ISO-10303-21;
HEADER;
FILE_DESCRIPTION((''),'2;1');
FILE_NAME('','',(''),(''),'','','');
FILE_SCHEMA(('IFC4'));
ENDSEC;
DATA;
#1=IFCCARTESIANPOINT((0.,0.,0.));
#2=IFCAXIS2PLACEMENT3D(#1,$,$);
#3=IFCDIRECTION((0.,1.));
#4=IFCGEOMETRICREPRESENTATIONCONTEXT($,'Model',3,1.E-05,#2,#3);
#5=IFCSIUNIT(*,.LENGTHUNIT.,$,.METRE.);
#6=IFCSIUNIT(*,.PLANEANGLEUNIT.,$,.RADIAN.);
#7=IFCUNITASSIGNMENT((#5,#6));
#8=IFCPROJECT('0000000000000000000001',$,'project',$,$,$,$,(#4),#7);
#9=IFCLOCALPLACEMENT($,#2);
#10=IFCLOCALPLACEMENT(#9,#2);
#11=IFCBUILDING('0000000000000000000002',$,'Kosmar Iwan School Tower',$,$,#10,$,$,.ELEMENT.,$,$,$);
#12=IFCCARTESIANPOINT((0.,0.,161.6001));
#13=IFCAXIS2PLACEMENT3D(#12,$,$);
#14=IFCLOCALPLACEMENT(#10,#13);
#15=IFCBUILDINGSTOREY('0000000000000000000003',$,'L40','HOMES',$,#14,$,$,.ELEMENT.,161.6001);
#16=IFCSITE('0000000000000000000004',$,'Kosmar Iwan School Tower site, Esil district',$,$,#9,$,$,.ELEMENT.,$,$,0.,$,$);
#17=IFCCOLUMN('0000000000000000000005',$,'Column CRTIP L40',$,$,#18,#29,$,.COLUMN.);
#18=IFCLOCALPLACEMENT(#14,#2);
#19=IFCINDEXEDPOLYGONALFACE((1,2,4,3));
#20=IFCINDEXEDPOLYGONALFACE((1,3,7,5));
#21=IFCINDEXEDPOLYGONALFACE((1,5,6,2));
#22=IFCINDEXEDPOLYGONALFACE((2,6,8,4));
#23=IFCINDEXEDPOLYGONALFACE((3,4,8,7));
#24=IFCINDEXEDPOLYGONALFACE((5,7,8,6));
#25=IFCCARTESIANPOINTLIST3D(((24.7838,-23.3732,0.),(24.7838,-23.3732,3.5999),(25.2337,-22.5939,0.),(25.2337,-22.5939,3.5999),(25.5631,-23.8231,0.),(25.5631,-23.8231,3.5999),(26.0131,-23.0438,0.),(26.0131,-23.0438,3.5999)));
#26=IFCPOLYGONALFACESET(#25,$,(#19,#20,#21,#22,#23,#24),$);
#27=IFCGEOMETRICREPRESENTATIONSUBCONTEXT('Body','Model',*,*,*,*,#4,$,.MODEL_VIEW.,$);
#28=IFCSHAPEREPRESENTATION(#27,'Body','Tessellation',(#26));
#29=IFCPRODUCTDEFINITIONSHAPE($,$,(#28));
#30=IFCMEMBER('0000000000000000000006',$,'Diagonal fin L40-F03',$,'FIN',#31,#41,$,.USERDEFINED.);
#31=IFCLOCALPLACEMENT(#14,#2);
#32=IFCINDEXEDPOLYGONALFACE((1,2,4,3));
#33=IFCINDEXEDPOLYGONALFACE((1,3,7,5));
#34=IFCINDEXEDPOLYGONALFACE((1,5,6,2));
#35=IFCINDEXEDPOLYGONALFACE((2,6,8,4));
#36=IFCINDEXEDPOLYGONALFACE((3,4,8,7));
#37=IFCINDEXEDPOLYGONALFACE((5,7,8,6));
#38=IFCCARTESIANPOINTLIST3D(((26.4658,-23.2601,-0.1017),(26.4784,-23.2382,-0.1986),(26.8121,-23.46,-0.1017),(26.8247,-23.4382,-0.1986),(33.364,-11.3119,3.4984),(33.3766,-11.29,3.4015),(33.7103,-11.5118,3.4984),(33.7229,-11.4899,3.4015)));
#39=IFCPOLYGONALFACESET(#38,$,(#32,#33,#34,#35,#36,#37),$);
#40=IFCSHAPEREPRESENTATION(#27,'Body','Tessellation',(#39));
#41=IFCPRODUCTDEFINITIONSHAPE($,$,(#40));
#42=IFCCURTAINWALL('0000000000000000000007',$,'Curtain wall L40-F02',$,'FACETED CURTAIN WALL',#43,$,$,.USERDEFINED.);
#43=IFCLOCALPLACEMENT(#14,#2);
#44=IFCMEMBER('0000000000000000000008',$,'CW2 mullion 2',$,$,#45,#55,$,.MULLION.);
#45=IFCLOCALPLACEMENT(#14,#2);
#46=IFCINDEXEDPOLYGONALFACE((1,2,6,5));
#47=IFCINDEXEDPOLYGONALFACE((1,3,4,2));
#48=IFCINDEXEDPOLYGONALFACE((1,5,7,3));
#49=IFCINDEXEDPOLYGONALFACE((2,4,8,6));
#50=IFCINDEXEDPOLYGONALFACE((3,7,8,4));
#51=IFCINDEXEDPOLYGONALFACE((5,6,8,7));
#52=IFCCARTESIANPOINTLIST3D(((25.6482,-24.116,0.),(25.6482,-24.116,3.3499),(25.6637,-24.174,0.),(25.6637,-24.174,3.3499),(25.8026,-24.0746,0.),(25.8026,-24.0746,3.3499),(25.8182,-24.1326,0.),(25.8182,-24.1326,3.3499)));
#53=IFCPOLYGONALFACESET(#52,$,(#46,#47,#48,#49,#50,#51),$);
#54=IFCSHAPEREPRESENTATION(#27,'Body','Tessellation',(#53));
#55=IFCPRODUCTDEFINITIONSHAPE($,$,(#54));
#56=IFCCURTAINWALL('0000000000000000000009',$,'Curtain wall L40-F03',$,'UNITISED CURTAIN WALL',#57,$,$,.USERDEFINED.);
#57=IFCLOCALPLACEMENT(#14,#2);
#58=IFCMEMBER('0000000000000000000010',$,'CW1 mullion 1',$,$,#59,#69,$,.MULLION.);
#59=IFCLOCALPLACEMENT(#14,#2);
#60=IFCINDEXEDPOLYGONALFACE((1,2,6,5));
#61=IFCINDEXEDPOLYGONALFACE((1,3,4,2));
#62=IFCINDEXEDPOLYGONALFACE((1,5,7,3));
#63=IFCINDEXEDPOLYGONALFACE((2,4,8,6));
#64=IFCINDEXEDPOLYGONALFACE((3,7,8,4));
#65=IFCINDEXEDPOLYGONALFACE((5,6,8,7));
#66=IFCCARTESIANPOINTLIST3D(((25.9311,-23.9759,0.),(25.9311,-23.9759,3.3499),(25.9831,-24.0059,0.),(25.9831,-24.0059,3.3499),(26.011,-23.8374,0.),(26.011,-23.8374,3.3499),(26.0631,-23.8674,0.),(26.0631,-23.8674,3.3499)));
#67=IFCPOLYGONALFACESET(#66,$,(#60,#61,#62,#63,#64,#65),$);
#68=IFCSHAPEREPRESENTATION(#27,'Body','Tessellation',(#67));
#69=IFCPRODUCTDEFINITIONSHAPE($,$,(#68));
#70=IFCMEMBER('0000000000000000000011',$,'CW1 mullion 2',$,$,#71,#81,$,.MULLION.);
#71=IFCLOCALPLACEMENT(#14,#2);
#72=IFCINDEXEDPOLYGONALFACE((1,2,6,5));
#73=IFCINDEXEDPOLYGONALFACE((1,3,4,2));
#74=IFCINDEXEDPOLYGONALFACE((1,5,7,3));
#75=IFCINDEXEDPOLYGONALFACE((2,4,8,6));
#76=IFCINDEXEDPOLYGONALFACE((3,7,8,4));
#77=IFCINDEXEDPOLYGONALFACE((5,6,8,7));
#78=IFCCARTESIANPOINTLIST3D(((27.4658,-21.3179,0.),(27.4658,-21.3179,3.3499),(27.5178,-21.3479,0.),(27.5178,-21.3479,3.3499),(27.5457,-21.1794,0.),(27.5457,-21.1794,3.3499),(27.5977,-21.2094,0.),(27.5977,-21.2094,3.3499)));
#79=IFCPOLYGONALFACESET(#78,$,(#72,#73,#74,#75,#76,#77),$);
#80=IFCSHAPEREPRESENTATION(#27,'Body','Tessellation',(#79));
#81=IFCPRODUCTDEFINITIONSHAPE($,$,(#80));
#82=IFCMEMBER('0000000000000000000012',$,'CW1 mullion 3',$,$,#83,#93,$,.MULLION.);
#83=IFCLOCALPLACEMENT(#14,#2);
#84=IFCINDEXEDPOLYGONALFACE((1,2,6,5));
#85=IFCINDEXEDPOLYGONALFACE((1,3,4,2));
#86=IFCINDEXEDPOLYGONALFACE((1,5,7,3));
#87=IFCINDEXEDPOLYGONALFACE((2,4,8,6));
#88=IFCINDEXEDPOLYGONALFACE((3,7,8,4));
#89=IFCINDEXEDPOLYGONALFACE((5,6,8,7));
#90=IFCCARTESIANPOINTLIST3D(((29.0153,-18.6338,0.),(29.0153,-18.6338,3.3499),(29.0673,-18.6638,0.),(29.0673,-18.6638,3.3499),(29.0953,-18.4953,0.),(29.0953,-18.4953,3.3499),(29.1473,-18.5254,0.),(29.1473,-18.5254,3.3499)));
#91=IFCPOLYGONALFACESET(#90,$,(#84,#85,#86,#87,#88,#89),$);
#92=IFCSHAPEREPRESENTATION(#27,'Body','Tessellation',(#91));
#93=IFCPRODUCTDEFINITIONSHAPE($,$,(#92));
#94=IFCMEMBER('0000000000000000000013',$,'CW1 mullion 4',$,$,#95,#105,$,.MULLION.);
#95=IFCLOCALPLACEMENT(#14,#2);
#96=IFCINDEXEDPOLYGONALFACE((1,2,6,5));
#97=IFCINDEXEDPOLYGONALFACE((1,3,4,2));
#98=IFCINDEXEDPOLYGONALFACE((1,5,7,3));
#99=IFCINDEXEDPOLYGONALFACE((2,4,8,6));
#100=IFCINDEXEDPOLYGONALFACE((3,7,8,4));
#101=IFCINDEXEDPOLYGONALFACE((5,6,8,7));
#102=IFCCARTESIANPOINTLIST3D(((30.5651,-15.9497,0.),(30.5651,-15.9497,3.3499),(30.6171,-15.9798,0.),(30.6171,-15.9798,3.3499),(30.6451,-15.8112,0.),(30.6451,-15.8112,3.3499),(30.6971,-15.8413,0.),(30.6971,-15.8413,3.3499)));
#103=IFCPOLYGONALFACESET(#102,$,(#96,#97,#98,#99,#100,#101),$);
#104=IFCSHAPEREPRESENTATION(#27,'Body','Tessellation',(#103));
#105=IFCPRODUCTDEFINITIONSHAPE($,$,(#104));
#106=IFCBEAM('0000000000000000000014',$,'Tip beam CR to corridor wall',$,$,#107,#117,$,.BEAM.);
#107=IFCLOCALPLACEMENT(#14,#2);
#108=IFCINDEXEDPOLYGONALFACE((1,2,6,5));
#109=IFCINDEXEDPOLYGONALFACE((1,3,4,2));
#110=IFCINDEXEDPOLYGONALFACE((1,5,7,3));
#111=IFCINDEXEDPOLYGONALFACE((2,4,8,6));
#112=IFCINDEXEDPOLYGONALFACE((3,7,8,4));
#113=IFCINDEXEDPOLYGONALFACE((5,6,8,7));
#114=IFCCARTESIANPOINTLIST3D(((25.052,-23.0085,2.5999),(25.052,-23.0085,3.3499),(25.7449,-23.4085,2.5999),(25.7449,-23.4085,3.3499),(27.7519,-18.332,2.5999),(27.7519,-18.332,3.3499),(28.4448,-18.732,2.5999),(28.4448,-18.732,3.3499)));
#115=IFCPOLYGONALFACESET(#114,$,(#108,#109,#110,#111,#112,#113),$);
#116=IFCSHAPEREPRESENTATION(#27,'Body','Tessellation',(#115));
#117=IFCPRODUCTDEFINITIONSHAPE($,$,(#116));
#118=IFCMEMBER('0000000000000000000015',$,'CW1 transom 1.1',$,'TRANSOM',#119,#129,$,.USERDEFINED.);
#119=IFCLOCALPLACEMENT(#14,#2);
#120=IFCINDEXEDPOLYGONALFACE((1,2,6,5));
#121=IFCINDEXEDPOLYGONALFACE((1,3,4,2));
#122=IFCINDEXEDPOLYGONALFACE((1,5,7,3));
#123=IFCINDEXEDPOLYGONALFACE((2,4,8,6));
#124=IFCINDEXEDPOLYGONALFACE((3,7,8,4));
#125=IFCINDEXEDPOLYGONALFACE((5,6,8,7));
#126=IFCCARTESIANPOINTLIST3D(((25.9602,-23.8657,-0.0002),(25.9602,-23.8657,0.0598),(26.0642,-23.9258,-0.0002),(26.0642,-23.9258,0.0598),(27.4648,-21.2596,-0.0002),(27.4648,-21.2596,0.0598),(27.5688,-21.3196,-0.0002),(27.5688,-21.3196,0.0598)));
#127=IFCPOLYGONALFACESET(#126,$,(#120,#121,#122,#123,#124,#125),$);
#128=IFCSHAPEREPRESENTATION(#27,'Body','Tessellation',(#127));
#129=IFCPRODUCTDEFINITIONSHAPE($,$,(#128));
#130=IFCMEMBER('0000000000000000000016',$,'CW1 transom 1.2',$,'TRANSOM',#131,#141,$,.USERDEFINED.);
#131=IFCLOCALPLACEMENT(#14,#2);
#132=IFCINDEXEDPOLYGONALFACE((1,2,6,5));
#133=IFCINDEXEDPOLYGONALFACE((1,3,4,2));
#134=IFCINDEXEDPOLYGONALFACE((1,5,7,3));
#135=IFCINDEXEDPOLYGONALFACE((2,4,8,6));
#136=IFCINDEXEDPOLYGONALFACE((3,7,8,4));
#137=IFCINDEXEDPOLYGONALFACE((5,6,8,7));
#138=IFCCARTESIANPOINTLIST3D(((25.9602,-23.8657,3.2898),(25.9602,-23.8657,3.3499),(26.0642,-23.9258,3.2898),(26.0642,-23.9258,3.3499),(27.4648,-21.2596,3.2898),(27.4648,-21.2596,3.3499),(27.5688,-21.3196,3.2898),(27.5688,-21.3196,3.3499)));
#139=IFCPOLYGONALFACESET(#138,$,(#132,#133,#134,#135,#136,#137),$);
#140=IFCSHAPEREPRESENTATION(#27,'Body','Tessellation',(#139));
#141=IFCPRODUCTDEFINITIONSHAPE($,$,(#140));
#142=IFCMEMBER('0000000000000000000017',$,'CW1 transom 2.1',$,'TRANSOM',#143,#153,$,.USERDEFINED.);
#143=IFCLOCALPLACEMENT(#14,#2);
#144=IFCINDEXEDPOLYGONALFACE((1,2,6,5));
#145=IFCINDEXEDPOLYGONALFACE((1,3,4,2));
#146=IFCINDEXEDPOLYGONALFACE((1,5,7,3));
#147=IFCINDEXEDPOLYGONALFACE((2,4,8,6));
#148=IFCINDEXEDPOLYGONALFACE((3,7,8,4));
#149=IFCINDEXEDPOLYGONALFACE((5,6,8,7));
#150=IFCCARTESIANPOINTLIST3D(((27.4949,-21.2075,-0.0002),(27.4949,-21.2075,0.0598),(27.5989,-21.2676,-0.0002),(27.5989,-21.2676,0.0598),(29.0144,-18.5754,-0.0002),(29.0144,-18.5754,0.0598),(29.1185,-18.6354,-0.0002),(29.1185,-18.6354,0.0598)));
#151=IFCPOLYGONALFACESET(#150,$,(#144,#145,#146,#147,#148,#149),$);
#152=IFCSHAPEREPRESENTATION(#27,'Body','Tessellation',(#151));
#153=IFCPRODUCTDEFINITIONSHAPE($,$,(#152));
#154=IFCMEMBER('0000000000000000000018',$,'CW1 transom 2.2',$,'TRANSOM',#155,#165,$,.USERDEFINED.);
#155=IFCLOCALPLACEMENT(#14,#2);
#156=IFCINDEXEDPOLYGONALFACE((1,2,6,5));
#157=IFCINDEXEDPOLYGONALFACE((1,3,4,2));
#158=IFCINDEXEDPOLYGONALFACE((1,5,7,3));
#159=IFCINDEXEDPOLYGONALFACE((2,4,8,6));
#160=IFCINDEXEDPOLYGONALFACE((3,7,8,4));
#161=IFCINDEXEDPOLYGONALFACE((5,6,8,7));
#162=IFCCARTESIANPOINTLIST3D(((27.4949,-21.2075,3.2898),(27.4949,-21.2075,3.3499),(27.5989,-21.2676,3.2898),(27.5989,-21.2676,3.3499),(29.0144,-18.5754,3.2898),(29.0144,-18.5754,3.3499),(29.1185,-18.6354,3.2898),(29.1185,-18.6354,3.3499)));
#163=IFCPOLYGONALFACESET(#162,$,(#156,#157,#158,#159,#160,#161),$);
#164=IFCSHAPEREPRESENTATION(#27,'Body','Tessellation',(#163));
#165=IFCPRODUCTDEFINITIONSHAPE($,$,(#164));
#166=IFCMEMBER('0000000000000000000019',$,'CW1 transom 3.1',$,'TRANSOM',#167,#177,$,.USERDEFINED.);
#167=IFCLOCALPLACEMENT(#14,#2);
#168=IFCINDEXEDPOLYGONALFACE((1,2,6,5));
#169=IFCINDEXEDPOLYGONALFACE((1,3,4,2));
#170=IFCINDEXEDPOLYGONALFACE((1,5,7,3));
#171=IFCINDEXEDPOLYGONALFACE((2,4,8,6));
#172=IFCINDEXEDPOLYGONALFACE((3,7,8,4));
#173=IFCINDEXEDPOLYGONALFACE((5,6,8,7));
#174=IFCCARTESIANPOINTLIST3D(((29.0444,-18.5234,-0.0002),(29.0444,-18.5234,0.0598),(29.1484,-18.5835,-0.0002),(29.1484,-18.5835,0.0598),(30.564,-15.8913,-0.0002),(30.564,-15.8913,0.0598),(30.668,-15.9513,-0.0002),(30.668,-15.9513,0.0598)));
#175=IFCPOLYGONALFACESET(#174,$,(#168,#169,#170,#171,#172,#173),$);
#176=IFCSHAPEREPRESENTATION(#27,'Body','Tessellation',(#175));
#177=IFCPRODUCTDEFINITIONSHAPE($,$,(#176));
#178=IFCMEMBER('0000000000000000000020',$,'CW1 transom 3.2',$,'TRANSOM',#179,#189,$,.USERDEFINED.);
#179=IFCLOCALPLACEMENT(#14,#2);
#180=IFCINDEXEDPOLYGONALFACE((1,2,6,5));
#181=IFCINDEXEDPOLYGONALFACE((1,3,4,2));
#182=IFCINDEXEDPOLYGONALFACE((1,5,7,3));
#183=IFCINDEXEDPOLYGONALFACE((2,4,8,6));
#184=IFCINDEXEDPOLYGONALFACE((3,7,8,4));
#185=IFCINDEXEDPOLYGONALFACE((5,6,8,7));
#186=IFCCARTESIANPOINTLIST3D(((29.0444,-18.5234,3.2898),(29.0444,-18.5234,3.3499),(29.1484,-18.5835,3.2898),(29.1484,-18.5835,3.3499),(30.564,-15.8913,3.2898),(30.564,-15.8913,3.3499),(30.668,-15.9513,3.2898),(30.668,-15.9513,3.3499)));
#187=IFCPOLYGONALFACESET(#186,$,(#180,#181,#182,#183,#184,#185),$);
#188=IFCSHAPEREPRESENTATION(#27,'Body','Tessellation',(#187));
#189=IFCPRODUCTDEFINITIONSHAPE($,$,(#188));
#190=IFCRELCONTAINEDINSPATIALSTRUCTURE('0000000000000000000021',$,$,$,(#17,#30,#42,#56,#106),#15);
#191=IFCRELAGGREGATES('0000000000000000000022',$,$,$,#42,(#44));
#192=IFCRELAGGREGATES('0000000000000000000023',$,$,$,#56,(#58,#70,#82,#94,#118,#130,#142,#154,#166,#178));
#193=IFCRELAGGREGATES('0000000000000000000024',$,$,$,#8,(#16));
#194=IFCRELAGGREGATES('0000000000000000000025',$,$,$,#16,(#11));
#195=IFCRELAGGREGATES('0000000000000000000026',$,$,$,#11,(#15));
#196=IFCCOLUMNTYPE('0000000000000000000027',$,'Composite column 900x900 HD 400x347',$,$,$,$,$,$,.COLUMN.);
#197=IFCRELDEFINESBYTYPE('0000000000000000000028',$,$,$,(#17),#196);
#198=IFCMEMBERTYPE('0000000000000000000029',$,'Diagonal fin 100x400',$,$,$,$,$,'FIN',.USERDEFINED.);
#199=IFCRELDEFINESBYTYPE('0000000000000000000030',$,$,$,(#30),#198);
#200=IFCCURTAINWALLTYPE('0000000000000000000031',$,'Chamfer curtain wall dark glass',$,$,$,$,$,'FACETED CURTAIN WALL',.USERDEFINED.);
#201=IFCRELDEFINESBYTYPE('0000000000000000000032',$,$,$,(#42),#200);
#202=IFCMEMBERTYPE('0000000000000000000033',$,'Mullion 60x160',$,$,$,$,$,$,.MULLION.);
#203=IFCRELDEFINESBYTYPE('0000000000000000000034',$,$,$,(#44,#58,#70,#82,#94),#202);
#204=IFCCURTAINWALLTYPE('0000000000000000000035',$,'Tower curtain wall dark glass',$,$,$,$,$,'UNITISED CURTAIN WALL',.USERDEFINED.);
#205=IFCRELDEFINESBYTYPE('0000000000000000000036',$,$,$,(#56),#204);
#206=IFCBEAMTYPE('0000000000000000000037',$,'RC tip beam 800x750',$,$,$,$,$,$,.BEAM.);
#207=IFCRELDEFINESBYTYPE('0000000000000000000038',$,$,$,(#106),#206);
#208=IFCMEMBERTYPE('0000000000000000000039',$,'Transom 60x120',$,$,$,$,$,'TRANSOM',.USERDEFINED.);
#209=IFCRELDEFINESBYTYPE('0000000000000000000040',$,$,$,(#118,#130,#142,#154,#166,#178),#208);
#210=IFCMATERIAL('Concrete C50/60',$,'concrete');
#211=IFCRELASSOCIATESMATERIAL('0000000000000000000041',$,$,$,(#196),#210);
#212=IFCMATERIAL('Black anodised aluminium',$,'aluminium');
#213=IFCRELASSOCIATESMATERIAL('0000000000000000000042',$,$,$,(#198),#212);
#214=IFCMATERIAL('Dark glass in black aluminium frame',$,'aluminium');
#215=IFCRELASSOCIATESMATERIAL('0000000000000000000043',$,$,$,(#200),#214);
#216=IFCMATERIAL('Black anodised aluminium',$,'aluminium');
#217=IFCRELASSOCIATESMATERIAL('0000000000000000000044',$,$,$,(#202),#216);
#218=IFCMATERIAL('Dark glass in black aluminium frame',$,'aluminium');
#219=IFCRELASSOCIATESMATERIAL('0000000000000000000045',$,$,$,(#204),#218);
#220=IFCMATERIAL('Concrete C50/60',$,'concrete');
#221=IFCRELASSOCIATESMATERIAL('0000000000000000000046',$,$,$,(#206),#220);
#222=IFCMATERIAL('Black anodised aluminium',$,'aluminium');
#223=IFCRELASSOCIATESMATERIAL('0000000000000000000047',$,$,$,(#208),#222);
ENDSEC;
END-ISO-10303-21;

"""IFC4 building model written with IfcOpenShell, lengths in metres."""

from ifc_helpers import new_model, si_unit, direction, frame, origin, origin_2d, place, context, subcontext, project, spatial, rectangle, extrude, material, material_profile, profile_set, type_object, element, aggregate, save


model = new_model("IFC4")

# Units and contexts
model_context = context("Model", 3, precision=1e-05, world=origin(), true_north=direction((0.0, 1.0)))
body_context = subcontext(model_context, "Body", "Model", "MODEL_VIEW")
ifc_project = project(units=[si_unit("LENGTHUNIT", "METRE"), si_unit("PLANEANGLEUNIT", "RADIAN")], contexts=[model_context])

# Site, building, storey
site_placement = place(None, origin())
site = spatial("IfcSite", under=ifc_project, at=site_placement, Name="Kosmar Iwan School Tower site, Esil district", CompositionType="ELEMENT", RefElevation=0.0)
building_placement = place(site_placement, origin())
building = spatial("IfcBuilding", under=site, at=building_placement, Name="Kosmar Iwan School Tower", CompositionType="ELEMENT")
storey_placement = place(building_placement, frame((0.0, 0.0, 161.6001)))
storey = spatial("IfcBuildingStorey", under=building, at=storey_placement, Name="L40", Description="HOMES", CompositionType="ELEMENT", Elevation=161.6001)

# Column
ifc_material_1 = material(Name="Concrete C50/60", Category="concrete")
ifc_material_profile_1 = material_profile(ifc_material_1, rectangle(XDim=0.8999, YDim=0.8999, at=origin_2d()), Name="RC 900x900 + HD 400x347")
ifc_profile_set_1 = profile_set([ifc_material_profile_1], Name="Concrete C50/60")
column_type = type_object("IfcColumnType", Name="Composite column 900x900 HD 400x347", PredefinedType="COLUMN", material=ifc_profile_set_1)
column_placement = place(storey_placement, frame((25.3984, -23.2085, 0.0), z_axis=(0.0, 0.0, 1.0), x_axis=(0.866025, -0.5, 0.0)))
element("IfcColumn", 1, at=column_placement, inside=storey, type_object=column_type, Name="Column CRTIP L40", PredefinedType="COLUMN", context=body_context, shape_type="SweptSolid", body=[
    extrude(rectangle(XDim=0.8999, YDim=0.8999, at=origin_2d()), origin(), (0.0, 0.0, 1.0), 3.5999),
])

# Member
ifc_material_2 = material(Name="Black anodised aluminium", Category="aluminium")
ifc_material_profile_2 = material_profile(ifc_material_2, rectangle(XDim=0.1001, YDim=0.3999, at=origin_2d()), Name="FIN 100x400")
ifc_profile_set_2 = profile_set([ifc_material_profile_2], Name="Black anodised aluminium")
member_type_1 = type_object("IfcMemberType", Name="Diagonal fin 100x400", ElementType="FIN", PredefinedType="USERDEFINED", material=ifc_profile_set_2)
member_1_placement = place(storey_placement, frame((26.6453, -23.3491, -0.1501), z_axis=(0.483793, 0.83797, 0.252487), x_axis=(-0.126242, -0.218661, 0.9676)))
element("IfcMember", 2, at=member_1_placement, inside=storey, type_object=member_type_1, Name="Diagonal fin L40-F03", ObjectType="FIN", PredefinedType="USERDEFINED", context=body_context, shape_type="SweptSolid", body=[
    extrude(rectangle(XDim=0.1001, YDim=0.3999, at=origin_2d()), origin(), (0.0, 0.0, 1.0), 14.2585),
])

# Curtain wall, member
ifc_material_3 = material(Name="Dark glass in black aluminium frame", Category="aluminium")
curtain_wall_type_1 = type_object("IfcCurtainWallType", Name="Chamfer curtain wall dark glass", ElementType="FACETED CURTAIN WALL", PredefinedType="USERDEFINED", material=ifc_material_3)
curtain_wall_1_placement = place(storey_placement, origin())
curtain_wall_1 = element("IfcCurtainWall", 3, at=curtain_wall_1_placement, inside=storey, type_object=curtain_wall_type_1, Name="Curtain wall L40-F02", ObjectType="FACETED CURTAIN WALL", PredefinedType="USERDEFINED")
ifc_material_4 = material(Name="Black anodised aluminium", Category="aluminium")
ifc_material_profile_3 = material_profile(ifc_material_4, rectangle(XDim=0.0601, YDim=0.1599, at=origin_2d()), Name="MULLION 60x160")
ifc_profile_set_3 = profile_set([ifc_material_profile_3], Name="Black anodised aluminium")
member_type_2 = type_object("IfcMemberType", Name="Mullion 60x160", PredefinedType="MULLION", material=ifc_profile_set_3)
member_2_placement = place(storey_placement, frame((25.7332, -24.1243, 0.0), z_axis=(0.0, 0.0, 1.0), x_axis=(-0.258819, 0.965926, 0.0)))
member_2 = element("IfcMember", 4, at=member_2_placement, type_object=member_type_2, Name="CW2 mullion 2", PredefinedType="MULLION", context=body_context, shape_type="SweptSolid", body=[
    extrude(rectangle(XDim=0.0601, YDim=0.1599, at=origin_2d()), origin(), (0.0, 0.0, 1.0), 3.3499),
])

# Curtain wall, members
ifc_material_5 = material(Name="Dark glass in black aluminium frame", Category="aluminium")
curtain_wall_type_2 = type_object("IfcCurtainWallType", Name="Tower curtain wall dark glass", ElementType="UNITISED CURTAIN WALL", PredefinedType="USERDEFINED", material=ifc_material_5)
curtain_wall_2_placement = place(storey_placement, origin())
curtain_wall_2 = element("IfcCurtainWall", 5, at=curtain_wall_2_placement, inside=storey, type_object=curtain_wall_type_2, Name="Curtain wall L40-F03", ObjectType="UNITISED CURTAIN WALL", PredefinedType="USERDEFINED")
member_3_placement = place(storey_placement, frame((25.9971, -23.9216, 0.0), z_axis=(0.0, 0.0, 1.0), x_axis=(-0.866025, 0.5, 0.0)))
member_3 = element("IfcMember", 6, at=member_3_placement, type_object=member_type_2, Name="CW1 mullion 1", PredefinedType="MULLION", context=body_context, shape_type="SweptSolid", body=[
    extrude(rectangle(XDim=0.0601, YDim=0.1599, at=origin_2d()), origin(), (0.0, 0.0, 1.0), 3.3499),
])
member_4_placement = place(storey_placement, frame((27.5317, -21.2637, 0.0), z_axis=(0.0, 0.0, 1.0), x_axis=(-0.866025, 0.5, 0.0)))
member_4 = element("IfcMember", 7, at=member_4_placement, type_object=member_type_2, Name="CW1 mullion 2", PredefinedType="MULLION", context=body_context, shape_type="SweptSolid", body=[
    extrude(rectangle(XDim=0.0601, YDim=0.1599, at=origin_2d()), origin(), (0.0, 0.0, 1.0), 3.3499),
])
member_5_placement = place(storey_placement, frame((29.0813, -18.5796, 0.0), z_axis=(0.0, 0.0, 1.0), x_axis=(-0.866025, 0.5, 0.0)))
member_5 = element("IfcMember", 8, at=member_5_placement, type_object=member_type_2, Name="CW1 mullion 3", PredefinedType="MULLION", context=body_context, shape_type="SweptSolid", body=[
    extrude(rectangle(XDim=0.0601, YDim=0.1599, at=origin_2d()), origin(), (0.0, 0.0, 1.0), 3.3499),
])
member_6_placement = place(storey_placement, frame((30.6311, -15.8955, 0.0), z_axis=(0.0, 0.0, 1.0), x_axis=(-0.866025, 0.5, 0.0)))
member_6 = element("IfcMember", 9, at=member_6_placement, type_object=member_type_2, Name="CW1 mullion 4", PredefinedType="MULLION", context=body_context, shape_type="SweptSolid", body=[
    extrude(rectangle(XDim=0.0601, YDim=0.1599, at=origin_2d()), origin(), (0.0, 0.0, 1.0), 3.3499),
])

# Beam
ifc_material_6 = material(Name="Concrete C50/60", Category="concrete")
ifc_material_profile_4 = material_profile(ifc_material_6, rectangle(XDim=0.8, YDim=0.75, at=origin_2d()), Name="RC 800x750")
ifc_profile_set_4 = profile_set([ifc_material_profile_4], Name="Concrete C50/60")
beam_type = type_object("IfcBeamType", Name="RC tip beam 800x750", PredefinedType="BEAM", material=ifc_profile_set_4)
beam_placement = place(storey_placement, frame((25.3984, -23.2085, 2.9749), z_axis=(0.499995, 0.866028, 0.0), x_axis=(-0.866028, 0.499995, 0.0)))
element("IfcBeam", 10, at=beam_placement, inside=storey, type_object=beam_type, Name="Tip beam CR to corridor wall", PredefinedType="BEAM", context=body_context, shape_type="SweptSolid", body=[
    extrude(rectangle(XDim=0.8, YDim=0.75, at=origin_2d()), origin(), (0.0, 0.0, 1.0), 5.3999),
])

# Members
ifc_material_7 = material(Name="Black anodised aluminium", Category="aluminium")
ifc_material_profile_5 = material_profile(ifc_material_7, rectangle(XDim=0.1201, YDim=0.0601, at=origin_2d()), Name="TRANSOM 60x120")
ifc_profile_set_5 = profile_set([ifc_material_profile_5], Name="Black anodised aluminium")
member_type_3 = type_object("IfcMemberType", Name="Transom 60x120", ElementType="TRANSOM", PredefinedType="USERDEFINED", material=ifc_profile_set_5)
member_7_placement = place(storey_placement, frame((26.0122, -23.8958, 0.0298), z_axis=(0.499987, 0.866033, 0.0), x_axis=(-0.866033, 0.499987, 0.0)))
member_7 = element("IfcMember", 11, at=member_7_placement, type_object=member_type_3, Name="CW1 transom 1.1", ObjectType="TRANSOM", PredefinedType="USERDEFINED", context=body_context, shape_type="SweptSolid", body=[
    extrude(rectangle(XDim=0.1201, YDim=0.0601, at=origin_2d()), origin(), (0.0, 0.0, 1.0), 3.0093),
])
member_8_placement = place(storey_placement, frame((26.0122, -23.8958, 3.3198), z_axis=(0.499987, 0.866033, 0.0), x_axis=(-0.866033, 0.499987, 0.0)))
member_8 = element("IfcMember", 12, at=member_8_placement, type_object=member_type_3, Name="CW1 transom 1.2", ObjectType="TRANSOM", PredefinedType="USERDEFINED", context=body_context, shape_type="SweptSolid", body=[
    extrude(rectangle(XDim=0.1201, YDim=0.0601, at=origin_2d()), origin(), (0.0, 0.0, 1.0), 3.0093),
])
member_9_placement = place(storey_placement, frame((27.5469, -21.2375, 0.0298), z_axis=(0.499975, 0.86604, 0.0), x_axis=(-0.86604, 0.499975, 0.0)))
member_9 = element("IfcMember", 13, at=member_9_placement, type_object=member_type_3, Name="CW1 transom 2.1", ObjectType="TRANSOM", PredefinedType="USERDEFINED", context=body_context, shape_type="SweptSolid", body=[
    extrude(rectangle(XDim=0.1201, YDim=0.0601, at=origin_2d()), origin(), (0.0, 0.0, 1.0), 3.0393),
])
member_10_placement = place(storey_placement, frame((27.5469, -21.2375, 3.3198), z_axis=(0.499975, 0.86604, 0.0), x_axis=(-0.86604, 0.499975, 0.0)))
member_10 = element("IfcMember", 14, at=member_10_placement, type_object=member_type_3, Name="CW1 transom 2.2", ObjectType="TRANSOM", PredefinedType="USERDEFINED", context=body_context, shape_type="SweptSolid", body=[
    extrude(rectangle(XDim=0.1201, YDim=0.0601, at=origin_2d()), origin(), (0.0, 0.0, 1.0), 3.0393),
])
member_11_placement = place(storey_placement, frame((29.0964, -18.5535, 0.0298), z_axis=(0.499975, 0.86604, 0.0), x_axis=(-0.86604, 0.499975, 0.0)))
member_11 = element("IfcMember", 15, at=member_11_placement, type_object=member_type_3, Name="CW1 transom 3.1", ObjectType="TRANSOM", PredefinedType="USERDEFINED", context=body_context, shape_type="SweptSolid", body=[
    extrude(rectangle(XDim=0.1201, YDim=0.0601, at=origin_2d()), origin(), (0.0, 0.0, 1.0), 3.0393),
])
member_12_placement = place(storey_placement, frame((29.0964, -18.5535, 3.3198), z_axis=(0.499975, 0.86604, 0.0), x_axis=(-0.86604, 0.499975, 0.0)))
member_12 = element("IfcMember", 16, at=member_12_placement, type_object=member_type_3, Name="CW1 transom 3.2", ObjectType="TRANSOM", PredefinedType="USERDEFINED", context=body_context, shape_type="SweptSolid", body=[
    extrude(rectangle(XDim=0.1201, YDim=0.0601, at=origin_2d()), origin(), (0.0, 0.0, 1.0), 3.0393),
])

aggregate(curtain_wall_1, [member_2])
aggregate(curtain_wall_2, [member_3, member_4, member_5, member_6, member_7, member_8, member_9, member_10, member_11, member_12])

save(model, "model.ifc")
